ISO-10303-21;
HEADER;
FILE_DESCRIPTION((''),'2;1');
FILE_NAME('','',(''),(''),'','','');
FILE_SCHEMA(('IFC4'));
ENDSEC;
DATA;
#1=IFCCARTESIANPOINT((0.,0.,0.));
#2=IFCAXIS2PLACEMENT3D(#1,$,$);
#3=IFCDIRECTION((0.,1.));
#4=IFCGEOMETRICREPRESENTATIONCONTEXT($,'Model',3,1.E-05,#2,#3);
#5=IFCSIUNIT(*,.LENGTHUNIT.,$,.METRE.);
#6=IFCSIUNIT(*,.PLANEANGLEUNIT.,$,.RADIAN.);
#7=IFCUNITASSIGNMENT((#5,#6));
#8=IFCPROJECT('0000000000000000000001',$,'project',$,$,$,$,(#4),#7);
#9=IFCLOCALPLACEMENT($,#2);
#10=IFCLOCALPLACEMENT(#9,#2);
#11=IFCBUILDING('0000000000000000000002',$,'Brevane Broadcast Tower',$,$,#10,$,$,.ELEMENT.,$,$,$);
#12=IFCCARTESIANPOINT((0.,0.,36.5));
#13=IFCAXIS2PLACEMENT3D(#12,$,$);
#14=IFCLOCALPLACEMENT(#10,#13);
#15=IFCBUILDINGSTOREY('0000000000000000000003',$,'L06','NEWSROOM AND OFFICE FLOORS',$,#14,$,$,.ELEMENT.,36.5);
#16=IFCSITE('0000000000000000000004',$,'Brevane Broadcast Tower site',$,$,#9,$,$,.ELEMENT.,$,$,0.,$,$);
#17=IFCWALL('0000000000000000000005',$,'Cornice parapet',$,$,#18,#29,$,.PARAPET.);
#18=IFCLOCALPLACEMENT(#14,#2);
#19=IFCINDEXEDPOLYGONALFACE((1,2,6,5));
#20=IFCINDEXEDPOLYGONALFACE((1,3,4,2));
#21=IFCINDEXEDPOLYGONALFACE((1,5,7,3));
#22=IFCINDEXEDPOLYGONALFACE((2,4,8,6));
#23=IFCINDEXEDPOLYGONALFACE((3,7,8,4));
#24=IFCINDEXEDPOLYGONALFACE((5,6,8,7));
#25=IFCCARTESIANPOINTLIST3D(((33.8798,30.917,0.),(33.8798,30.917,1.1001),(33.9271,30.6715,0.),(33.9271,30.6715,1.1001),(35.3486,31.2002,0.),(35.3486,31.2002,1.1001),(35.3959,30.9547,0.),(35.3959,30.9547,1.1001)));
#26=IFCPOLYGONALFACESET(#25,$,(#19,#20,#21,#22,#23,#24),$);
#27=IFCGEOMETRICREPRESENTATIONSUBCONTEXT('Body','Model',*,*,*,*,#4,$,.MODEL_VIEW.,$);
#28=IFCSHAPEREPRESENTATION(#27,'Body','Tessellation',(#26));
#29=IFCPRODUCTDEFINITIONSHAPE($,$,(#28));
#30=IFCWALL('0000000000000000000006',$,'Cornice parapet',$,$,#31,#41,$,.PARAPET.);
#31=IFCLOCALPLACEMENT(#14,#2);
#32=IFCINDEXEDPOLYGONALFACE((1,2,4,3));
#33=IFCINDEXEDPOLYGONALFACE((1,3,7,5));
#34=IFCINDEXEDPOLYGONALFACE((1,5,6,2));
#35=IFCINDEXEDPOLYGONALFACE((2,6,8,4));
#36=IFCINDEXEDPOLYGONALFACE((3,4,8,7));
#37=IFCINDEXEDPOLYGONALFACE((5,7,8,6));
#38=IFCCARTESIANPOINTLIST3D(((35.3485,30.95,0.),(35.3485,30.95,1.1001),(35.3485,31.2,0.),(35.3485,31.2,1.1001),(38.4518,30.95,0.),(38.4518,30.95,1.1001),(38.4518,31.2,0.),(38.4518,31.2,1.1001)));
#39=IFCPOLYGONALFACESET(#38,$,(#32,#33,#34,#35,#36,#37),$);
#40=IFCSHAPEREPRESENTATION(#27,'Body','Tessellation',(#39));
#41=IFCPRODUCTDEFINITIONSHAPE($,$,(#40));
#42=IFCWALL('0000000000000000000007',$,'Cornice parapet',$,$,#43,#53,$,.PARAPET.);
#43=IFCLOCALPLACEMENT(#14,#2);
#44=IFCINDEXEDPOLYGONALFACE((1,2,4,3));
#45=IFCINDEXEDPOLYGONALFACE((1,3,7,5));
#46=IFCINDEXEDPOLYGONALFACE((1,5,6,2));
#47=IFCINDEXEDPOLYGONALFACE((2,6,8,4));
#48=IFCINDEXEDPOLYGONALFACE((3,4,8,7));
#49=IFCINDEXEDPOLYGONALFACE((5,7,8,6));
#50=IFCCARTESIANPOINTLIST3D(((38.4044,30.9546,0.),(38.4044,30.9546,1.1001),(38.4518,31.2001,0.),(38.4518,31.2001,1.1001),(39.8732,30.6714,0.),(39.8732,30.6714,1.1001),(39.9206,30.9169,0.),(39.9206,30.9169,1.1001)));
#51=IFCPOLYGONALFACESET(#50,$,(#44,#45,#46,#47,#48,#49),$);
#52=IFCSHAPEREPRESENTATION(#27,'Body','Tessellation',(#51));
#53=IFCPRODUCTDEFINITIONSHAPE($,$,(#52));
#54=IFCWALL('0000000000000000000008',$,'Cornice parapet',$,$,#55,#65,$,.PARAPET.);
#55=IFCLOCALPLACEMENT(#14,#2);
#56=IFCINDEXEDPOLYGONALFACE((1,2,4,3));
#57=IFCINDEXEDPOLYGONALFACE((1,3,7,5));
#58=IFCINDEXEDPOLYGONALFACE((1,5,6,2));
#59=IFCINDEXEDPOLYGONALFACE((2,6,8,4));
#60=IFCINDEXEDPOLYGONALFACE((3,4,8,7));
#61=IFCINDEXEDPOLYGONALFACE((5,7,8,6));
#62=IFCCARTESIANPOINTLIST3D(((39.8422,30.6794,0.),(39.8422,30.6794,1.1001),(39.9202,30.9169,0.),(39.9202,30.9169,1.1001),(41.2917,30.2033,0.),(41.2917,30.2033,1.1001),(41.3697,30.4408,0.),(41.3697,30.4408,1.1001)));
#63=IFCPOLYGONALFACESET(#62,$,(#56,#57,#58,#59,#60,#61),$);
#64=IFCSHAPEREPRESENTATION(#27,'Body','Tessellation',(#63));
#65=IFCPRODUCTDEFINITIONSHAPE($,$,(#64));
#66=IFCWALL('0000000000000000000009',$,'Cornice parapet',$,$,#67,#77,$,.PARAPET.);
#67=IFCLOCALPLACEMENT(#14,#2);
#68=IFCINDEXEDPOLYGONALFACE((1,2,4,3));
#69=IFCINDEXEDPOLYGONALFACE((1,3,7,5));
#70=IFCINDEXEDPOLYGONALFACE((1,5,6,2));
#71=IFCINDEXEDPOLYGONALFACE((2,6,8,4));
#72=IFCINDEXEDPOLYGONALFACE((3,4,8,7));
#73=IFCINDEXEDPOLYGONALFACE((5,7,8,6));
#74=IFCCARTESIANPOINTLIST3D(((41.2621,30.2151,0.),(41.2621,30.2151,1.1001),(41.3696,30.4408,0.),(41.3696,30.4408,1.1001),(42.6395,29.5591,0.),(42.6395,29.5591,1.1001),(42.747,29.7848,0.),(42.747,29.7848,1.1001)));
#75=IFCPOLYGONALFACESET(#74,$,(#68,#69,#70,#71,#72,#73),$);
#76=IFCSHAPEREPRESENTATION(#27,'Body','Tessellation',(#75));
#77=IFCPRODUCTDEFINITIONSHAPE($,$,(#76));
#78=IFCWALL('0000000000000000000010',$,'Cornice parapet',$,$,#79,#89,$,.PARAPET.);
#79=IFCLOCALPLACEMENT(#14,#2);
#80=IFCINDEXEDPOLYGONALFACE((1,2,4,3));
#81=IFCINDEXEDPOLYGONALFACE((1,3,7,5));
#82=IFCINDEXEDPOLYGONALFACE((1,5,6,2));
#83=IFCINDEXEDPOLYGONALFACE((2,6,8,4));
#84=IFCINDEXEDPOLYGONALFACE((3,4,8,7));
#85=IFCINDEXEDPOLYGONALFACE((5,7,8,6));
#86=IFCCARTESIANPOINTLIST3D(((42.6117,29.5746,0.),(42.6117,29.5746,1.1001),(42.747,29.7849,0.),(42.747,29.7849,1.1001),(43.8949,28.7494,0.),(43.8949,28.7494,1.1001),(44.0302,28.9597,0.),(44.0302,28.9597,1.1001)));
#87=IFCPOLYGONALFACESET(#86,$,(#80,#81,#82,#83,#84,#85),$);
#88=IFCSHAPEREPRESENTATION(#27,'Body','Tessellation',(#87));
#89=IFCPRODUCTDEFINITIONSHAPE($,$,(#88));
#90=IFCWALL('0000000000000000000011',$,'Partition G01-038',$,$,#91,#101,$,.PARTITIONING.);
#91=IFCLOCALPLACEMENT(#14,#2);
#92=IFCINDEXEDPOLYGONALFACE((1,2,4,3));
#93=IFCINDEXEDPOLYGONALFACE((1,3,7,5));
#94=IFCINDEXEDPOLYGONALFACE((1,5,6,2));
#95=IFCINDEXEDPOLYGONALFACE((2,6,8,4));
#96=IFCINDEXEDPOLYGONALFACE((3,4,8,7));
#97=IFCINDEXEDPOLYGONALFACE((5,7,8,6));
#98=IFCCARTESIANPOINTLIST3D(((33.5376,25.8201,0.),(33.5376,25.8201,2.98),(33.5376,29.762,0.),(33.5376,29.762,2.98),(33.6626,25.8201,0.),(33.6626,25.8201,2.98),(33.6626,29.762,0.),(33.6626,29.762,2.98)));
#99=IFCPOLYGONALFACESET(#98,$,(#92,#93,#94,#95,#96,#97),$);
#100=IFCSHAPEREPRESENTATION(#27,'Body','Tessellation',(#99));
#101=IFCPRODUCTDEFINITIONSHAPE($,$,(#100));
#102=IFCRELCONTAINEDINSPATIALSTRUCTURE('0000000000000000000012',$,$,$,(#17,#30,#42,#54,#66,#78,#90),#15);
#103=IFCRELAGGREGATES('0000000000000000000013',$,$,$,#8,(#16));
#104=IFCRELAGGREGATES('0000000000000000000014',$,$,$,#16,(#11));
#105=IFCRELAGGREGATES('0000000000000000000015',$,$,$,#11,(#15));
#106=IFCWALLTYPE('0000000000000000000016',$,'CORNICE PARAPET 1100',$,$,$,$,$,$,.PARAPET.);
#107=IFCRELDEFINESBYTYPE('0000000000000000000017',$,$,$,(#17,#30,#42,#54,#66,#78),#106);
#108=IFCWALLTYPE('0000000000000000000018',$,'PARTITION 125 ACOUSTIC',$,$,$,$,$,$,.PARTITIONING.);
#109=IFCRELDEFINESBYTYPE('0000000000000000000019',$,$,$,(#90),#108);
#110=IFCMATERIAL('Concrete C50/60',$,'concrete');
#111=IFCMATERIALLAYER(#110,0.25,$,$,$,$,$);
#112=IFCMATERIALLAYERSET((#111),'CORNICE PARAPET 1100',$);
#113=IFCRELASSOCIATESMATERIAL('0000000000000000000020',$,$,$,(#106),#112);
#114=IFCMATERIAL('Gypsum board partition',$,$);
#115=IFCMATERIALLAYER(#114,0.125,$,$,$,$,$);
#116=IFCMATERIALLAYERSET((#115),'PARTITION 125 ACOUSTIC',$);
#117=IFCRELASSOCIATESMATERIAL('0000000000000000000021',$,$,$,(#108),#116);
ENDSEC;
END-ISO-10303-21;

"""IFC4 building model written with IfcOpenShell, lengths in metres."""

from ifc_helpers import new_model, si_unit, direction, frame, frame_2d, origin, place, context, subcontext, project, spatial, rectangle, extrude, material, layer, layer_set, type_object, element, save


model = new_model("IFC4")

# Units and contexts
model_context = context("Model", 3, precision=1e-05, world=origin(), true_north=direction((0.0, 1.0)))
body_context = subcontext(model_context, "Body", "Model", "MODEL_VIEW")
ifc_project = project(units=[si_unit("LENGTHUNIT", "METRE"), si_unit("PLANEANGLEUNIT", "RADIAN")], contexts=[model_context])

# Site, building, storey
site_placement = place(None, origin())
site = spatial("IfcSite", under=ifc_project, at=site_placement, Name="Brevane Broadcast Tower site", CompositionType="ELEMENT", RefElevation=0.0)
building_placement = place(site_placement, origin())
building = spatial("IfcBuilding", under=site, at=building_placement, Name="Brevane Broadcast Tower", CompositionType="ELEMENT")
storey_placement = place(building_placement, frame((0.0, 0.0, 36.5)))
storey = spatial("IfcBuildingStorey", under=building, at=storey_placement, Name="L06", Description="NEWSROOM AND OFFICE FLOORS", CompositionType="ELEMENT", Elevation=36.5)

# Walls
ifc_material_1 = material(Name="Concrete C50/60", Category="concrete")
ifc_layer_1 = layer(ifc_material_1, 0.25)
ifc_layer_set_1 = layer_set([ifc_layer_1], Name="CORNICE PARAPET 1100")
wall_type_1 = type_object("IfcWallType", Name="CORNICE PARAPET 1100", PredefinedType="PARAPET", material=ifc_layer_set_1)
wall_1_placement = place(storey_placement, frame((33.9033, 30.7942, 0.0), z_axis=(0.0, 0.0, 1.0), x_axis=(0.981913, 0.189332, 0.0)))
element("IfcWall", 1, at=wall_1_placement, inside=storey, type_object=wall_type_1, Name="Cornice parapet", PredefinedType="PARAPET", context=body_context, shape_type="SweptSolid", body=[
    extrude(rectangle(XDim=1.4958, YDim=0.25, at=frame_2d((0.748, 0.0))), origin(), (0.0, 0.0, 1.0), 1.1001),
])
wall_2_placement = place(storey_placement, frame((35.3484, 31.075, 0.0), z_axis=(0.0, 0.0, 1.0), x_axis=(1.0, 0.0, 0.0)))
element("IfcWall", 2, at=wall_2_placement, inside=storey, type_object=wall_type_1, Name="Cornice parapet", PredefinedType="PARAPET", context=body_context, shape_type="SweptSolid", body=[
    extrude(rectangle(XDim=3.1033, YDim=0.25, at=frame_2d((1.5518, 0.0))), origin(), (0.0, 0.0, 1.0), 1.1001),
])
wall_3_placement = place(storey_placement, frame((38.428, 31.0774, 0.0), z_axis=(0.0, 0.0, 1.0), x_axis=(0.981913, -0.189332, 0.0)))
element("IfcWall", 3, at=wall_3_placement, inside=storey, type_object=wall_type_1, Name="Cornice parapet", PredefinedType="PARAPET", context=body_context, shape_type="SweptSolid", body=[
    extrude(rectangle(XDim=1.4958, YDim=0.25, at=frame_2d((0.748, 0.0))), origin(), (0.0, 0.0, 1.0), 1.1001),
])
for number, where, z_axis, x_axis, name in (
    (4, (39.8813, 30.7981, 0.0), (0.0, 0.0, 1.0), (0.950066, -0.312048, 0.0), "Cornice parapet"),
    (5, (41.3159, 30.3279, 0.0), (0.0, 0.0, 1.0), (0.90284, -0.429977, 0.0), "Cornice parapet"),
    (6, (42.6794, 29.6797, 0.0), (0.0, 0.0, 1.0), (0.841095, -0.540887, 0.0), "Cornice parapet"),
):
    element("IfcWall", number, at=place(storey_placement, frame(where, z_axis=z_axis, x_axis=x_axis)), inside=storey, type_object=wall_type_1, Name=name, PredefinedType="PARAPET", context=body_context, shape_type="SweptSolid", body=[
        extrude(rectangle(XDim=1.5256, YDim=0.25, at=frame_2d((0.7627, 0.0))), origin(), (0.0, 0.0, 1.0), 1.1001),
    ])
ifc_material_2 = material(Name="Gypsum board partition")
ifc_layer_2 = layer(ifc_material_2, 0.125)
ifc_layer_set_2 = layer_set([ifc_layer_2], Name="PARTITION 125 ACOUSTIC")
wall_type_2 = type_object("IfcWallType", Name="PARTITION 125 ACOUSTIC", PredefinedType="PARTITIONING", material=ifc_layer_set_2)
wall_4_placement = place(storey_placement, frame((33.6001, 29.762, 0.0), z_axis=(0.0, 0.0, 1.0), x_axis=(0.0, -1.0, 0.0)))
element("IfcWall", 7, at=wall_4_placement, inside=storey, type_object=wall_type_2, Name="Partition G01-038", PredefinedType="PARTITIONING", context=body_context, shape_type="SweptSolid", body=[
    extrude(rectangle(XDim=3.9419, YDim=0.125, at=frame_2d((1.9709, 0.0))), origin(), (0.0, 0.0, 1.0), 2.98),
])

save(model, "model.ifc")
